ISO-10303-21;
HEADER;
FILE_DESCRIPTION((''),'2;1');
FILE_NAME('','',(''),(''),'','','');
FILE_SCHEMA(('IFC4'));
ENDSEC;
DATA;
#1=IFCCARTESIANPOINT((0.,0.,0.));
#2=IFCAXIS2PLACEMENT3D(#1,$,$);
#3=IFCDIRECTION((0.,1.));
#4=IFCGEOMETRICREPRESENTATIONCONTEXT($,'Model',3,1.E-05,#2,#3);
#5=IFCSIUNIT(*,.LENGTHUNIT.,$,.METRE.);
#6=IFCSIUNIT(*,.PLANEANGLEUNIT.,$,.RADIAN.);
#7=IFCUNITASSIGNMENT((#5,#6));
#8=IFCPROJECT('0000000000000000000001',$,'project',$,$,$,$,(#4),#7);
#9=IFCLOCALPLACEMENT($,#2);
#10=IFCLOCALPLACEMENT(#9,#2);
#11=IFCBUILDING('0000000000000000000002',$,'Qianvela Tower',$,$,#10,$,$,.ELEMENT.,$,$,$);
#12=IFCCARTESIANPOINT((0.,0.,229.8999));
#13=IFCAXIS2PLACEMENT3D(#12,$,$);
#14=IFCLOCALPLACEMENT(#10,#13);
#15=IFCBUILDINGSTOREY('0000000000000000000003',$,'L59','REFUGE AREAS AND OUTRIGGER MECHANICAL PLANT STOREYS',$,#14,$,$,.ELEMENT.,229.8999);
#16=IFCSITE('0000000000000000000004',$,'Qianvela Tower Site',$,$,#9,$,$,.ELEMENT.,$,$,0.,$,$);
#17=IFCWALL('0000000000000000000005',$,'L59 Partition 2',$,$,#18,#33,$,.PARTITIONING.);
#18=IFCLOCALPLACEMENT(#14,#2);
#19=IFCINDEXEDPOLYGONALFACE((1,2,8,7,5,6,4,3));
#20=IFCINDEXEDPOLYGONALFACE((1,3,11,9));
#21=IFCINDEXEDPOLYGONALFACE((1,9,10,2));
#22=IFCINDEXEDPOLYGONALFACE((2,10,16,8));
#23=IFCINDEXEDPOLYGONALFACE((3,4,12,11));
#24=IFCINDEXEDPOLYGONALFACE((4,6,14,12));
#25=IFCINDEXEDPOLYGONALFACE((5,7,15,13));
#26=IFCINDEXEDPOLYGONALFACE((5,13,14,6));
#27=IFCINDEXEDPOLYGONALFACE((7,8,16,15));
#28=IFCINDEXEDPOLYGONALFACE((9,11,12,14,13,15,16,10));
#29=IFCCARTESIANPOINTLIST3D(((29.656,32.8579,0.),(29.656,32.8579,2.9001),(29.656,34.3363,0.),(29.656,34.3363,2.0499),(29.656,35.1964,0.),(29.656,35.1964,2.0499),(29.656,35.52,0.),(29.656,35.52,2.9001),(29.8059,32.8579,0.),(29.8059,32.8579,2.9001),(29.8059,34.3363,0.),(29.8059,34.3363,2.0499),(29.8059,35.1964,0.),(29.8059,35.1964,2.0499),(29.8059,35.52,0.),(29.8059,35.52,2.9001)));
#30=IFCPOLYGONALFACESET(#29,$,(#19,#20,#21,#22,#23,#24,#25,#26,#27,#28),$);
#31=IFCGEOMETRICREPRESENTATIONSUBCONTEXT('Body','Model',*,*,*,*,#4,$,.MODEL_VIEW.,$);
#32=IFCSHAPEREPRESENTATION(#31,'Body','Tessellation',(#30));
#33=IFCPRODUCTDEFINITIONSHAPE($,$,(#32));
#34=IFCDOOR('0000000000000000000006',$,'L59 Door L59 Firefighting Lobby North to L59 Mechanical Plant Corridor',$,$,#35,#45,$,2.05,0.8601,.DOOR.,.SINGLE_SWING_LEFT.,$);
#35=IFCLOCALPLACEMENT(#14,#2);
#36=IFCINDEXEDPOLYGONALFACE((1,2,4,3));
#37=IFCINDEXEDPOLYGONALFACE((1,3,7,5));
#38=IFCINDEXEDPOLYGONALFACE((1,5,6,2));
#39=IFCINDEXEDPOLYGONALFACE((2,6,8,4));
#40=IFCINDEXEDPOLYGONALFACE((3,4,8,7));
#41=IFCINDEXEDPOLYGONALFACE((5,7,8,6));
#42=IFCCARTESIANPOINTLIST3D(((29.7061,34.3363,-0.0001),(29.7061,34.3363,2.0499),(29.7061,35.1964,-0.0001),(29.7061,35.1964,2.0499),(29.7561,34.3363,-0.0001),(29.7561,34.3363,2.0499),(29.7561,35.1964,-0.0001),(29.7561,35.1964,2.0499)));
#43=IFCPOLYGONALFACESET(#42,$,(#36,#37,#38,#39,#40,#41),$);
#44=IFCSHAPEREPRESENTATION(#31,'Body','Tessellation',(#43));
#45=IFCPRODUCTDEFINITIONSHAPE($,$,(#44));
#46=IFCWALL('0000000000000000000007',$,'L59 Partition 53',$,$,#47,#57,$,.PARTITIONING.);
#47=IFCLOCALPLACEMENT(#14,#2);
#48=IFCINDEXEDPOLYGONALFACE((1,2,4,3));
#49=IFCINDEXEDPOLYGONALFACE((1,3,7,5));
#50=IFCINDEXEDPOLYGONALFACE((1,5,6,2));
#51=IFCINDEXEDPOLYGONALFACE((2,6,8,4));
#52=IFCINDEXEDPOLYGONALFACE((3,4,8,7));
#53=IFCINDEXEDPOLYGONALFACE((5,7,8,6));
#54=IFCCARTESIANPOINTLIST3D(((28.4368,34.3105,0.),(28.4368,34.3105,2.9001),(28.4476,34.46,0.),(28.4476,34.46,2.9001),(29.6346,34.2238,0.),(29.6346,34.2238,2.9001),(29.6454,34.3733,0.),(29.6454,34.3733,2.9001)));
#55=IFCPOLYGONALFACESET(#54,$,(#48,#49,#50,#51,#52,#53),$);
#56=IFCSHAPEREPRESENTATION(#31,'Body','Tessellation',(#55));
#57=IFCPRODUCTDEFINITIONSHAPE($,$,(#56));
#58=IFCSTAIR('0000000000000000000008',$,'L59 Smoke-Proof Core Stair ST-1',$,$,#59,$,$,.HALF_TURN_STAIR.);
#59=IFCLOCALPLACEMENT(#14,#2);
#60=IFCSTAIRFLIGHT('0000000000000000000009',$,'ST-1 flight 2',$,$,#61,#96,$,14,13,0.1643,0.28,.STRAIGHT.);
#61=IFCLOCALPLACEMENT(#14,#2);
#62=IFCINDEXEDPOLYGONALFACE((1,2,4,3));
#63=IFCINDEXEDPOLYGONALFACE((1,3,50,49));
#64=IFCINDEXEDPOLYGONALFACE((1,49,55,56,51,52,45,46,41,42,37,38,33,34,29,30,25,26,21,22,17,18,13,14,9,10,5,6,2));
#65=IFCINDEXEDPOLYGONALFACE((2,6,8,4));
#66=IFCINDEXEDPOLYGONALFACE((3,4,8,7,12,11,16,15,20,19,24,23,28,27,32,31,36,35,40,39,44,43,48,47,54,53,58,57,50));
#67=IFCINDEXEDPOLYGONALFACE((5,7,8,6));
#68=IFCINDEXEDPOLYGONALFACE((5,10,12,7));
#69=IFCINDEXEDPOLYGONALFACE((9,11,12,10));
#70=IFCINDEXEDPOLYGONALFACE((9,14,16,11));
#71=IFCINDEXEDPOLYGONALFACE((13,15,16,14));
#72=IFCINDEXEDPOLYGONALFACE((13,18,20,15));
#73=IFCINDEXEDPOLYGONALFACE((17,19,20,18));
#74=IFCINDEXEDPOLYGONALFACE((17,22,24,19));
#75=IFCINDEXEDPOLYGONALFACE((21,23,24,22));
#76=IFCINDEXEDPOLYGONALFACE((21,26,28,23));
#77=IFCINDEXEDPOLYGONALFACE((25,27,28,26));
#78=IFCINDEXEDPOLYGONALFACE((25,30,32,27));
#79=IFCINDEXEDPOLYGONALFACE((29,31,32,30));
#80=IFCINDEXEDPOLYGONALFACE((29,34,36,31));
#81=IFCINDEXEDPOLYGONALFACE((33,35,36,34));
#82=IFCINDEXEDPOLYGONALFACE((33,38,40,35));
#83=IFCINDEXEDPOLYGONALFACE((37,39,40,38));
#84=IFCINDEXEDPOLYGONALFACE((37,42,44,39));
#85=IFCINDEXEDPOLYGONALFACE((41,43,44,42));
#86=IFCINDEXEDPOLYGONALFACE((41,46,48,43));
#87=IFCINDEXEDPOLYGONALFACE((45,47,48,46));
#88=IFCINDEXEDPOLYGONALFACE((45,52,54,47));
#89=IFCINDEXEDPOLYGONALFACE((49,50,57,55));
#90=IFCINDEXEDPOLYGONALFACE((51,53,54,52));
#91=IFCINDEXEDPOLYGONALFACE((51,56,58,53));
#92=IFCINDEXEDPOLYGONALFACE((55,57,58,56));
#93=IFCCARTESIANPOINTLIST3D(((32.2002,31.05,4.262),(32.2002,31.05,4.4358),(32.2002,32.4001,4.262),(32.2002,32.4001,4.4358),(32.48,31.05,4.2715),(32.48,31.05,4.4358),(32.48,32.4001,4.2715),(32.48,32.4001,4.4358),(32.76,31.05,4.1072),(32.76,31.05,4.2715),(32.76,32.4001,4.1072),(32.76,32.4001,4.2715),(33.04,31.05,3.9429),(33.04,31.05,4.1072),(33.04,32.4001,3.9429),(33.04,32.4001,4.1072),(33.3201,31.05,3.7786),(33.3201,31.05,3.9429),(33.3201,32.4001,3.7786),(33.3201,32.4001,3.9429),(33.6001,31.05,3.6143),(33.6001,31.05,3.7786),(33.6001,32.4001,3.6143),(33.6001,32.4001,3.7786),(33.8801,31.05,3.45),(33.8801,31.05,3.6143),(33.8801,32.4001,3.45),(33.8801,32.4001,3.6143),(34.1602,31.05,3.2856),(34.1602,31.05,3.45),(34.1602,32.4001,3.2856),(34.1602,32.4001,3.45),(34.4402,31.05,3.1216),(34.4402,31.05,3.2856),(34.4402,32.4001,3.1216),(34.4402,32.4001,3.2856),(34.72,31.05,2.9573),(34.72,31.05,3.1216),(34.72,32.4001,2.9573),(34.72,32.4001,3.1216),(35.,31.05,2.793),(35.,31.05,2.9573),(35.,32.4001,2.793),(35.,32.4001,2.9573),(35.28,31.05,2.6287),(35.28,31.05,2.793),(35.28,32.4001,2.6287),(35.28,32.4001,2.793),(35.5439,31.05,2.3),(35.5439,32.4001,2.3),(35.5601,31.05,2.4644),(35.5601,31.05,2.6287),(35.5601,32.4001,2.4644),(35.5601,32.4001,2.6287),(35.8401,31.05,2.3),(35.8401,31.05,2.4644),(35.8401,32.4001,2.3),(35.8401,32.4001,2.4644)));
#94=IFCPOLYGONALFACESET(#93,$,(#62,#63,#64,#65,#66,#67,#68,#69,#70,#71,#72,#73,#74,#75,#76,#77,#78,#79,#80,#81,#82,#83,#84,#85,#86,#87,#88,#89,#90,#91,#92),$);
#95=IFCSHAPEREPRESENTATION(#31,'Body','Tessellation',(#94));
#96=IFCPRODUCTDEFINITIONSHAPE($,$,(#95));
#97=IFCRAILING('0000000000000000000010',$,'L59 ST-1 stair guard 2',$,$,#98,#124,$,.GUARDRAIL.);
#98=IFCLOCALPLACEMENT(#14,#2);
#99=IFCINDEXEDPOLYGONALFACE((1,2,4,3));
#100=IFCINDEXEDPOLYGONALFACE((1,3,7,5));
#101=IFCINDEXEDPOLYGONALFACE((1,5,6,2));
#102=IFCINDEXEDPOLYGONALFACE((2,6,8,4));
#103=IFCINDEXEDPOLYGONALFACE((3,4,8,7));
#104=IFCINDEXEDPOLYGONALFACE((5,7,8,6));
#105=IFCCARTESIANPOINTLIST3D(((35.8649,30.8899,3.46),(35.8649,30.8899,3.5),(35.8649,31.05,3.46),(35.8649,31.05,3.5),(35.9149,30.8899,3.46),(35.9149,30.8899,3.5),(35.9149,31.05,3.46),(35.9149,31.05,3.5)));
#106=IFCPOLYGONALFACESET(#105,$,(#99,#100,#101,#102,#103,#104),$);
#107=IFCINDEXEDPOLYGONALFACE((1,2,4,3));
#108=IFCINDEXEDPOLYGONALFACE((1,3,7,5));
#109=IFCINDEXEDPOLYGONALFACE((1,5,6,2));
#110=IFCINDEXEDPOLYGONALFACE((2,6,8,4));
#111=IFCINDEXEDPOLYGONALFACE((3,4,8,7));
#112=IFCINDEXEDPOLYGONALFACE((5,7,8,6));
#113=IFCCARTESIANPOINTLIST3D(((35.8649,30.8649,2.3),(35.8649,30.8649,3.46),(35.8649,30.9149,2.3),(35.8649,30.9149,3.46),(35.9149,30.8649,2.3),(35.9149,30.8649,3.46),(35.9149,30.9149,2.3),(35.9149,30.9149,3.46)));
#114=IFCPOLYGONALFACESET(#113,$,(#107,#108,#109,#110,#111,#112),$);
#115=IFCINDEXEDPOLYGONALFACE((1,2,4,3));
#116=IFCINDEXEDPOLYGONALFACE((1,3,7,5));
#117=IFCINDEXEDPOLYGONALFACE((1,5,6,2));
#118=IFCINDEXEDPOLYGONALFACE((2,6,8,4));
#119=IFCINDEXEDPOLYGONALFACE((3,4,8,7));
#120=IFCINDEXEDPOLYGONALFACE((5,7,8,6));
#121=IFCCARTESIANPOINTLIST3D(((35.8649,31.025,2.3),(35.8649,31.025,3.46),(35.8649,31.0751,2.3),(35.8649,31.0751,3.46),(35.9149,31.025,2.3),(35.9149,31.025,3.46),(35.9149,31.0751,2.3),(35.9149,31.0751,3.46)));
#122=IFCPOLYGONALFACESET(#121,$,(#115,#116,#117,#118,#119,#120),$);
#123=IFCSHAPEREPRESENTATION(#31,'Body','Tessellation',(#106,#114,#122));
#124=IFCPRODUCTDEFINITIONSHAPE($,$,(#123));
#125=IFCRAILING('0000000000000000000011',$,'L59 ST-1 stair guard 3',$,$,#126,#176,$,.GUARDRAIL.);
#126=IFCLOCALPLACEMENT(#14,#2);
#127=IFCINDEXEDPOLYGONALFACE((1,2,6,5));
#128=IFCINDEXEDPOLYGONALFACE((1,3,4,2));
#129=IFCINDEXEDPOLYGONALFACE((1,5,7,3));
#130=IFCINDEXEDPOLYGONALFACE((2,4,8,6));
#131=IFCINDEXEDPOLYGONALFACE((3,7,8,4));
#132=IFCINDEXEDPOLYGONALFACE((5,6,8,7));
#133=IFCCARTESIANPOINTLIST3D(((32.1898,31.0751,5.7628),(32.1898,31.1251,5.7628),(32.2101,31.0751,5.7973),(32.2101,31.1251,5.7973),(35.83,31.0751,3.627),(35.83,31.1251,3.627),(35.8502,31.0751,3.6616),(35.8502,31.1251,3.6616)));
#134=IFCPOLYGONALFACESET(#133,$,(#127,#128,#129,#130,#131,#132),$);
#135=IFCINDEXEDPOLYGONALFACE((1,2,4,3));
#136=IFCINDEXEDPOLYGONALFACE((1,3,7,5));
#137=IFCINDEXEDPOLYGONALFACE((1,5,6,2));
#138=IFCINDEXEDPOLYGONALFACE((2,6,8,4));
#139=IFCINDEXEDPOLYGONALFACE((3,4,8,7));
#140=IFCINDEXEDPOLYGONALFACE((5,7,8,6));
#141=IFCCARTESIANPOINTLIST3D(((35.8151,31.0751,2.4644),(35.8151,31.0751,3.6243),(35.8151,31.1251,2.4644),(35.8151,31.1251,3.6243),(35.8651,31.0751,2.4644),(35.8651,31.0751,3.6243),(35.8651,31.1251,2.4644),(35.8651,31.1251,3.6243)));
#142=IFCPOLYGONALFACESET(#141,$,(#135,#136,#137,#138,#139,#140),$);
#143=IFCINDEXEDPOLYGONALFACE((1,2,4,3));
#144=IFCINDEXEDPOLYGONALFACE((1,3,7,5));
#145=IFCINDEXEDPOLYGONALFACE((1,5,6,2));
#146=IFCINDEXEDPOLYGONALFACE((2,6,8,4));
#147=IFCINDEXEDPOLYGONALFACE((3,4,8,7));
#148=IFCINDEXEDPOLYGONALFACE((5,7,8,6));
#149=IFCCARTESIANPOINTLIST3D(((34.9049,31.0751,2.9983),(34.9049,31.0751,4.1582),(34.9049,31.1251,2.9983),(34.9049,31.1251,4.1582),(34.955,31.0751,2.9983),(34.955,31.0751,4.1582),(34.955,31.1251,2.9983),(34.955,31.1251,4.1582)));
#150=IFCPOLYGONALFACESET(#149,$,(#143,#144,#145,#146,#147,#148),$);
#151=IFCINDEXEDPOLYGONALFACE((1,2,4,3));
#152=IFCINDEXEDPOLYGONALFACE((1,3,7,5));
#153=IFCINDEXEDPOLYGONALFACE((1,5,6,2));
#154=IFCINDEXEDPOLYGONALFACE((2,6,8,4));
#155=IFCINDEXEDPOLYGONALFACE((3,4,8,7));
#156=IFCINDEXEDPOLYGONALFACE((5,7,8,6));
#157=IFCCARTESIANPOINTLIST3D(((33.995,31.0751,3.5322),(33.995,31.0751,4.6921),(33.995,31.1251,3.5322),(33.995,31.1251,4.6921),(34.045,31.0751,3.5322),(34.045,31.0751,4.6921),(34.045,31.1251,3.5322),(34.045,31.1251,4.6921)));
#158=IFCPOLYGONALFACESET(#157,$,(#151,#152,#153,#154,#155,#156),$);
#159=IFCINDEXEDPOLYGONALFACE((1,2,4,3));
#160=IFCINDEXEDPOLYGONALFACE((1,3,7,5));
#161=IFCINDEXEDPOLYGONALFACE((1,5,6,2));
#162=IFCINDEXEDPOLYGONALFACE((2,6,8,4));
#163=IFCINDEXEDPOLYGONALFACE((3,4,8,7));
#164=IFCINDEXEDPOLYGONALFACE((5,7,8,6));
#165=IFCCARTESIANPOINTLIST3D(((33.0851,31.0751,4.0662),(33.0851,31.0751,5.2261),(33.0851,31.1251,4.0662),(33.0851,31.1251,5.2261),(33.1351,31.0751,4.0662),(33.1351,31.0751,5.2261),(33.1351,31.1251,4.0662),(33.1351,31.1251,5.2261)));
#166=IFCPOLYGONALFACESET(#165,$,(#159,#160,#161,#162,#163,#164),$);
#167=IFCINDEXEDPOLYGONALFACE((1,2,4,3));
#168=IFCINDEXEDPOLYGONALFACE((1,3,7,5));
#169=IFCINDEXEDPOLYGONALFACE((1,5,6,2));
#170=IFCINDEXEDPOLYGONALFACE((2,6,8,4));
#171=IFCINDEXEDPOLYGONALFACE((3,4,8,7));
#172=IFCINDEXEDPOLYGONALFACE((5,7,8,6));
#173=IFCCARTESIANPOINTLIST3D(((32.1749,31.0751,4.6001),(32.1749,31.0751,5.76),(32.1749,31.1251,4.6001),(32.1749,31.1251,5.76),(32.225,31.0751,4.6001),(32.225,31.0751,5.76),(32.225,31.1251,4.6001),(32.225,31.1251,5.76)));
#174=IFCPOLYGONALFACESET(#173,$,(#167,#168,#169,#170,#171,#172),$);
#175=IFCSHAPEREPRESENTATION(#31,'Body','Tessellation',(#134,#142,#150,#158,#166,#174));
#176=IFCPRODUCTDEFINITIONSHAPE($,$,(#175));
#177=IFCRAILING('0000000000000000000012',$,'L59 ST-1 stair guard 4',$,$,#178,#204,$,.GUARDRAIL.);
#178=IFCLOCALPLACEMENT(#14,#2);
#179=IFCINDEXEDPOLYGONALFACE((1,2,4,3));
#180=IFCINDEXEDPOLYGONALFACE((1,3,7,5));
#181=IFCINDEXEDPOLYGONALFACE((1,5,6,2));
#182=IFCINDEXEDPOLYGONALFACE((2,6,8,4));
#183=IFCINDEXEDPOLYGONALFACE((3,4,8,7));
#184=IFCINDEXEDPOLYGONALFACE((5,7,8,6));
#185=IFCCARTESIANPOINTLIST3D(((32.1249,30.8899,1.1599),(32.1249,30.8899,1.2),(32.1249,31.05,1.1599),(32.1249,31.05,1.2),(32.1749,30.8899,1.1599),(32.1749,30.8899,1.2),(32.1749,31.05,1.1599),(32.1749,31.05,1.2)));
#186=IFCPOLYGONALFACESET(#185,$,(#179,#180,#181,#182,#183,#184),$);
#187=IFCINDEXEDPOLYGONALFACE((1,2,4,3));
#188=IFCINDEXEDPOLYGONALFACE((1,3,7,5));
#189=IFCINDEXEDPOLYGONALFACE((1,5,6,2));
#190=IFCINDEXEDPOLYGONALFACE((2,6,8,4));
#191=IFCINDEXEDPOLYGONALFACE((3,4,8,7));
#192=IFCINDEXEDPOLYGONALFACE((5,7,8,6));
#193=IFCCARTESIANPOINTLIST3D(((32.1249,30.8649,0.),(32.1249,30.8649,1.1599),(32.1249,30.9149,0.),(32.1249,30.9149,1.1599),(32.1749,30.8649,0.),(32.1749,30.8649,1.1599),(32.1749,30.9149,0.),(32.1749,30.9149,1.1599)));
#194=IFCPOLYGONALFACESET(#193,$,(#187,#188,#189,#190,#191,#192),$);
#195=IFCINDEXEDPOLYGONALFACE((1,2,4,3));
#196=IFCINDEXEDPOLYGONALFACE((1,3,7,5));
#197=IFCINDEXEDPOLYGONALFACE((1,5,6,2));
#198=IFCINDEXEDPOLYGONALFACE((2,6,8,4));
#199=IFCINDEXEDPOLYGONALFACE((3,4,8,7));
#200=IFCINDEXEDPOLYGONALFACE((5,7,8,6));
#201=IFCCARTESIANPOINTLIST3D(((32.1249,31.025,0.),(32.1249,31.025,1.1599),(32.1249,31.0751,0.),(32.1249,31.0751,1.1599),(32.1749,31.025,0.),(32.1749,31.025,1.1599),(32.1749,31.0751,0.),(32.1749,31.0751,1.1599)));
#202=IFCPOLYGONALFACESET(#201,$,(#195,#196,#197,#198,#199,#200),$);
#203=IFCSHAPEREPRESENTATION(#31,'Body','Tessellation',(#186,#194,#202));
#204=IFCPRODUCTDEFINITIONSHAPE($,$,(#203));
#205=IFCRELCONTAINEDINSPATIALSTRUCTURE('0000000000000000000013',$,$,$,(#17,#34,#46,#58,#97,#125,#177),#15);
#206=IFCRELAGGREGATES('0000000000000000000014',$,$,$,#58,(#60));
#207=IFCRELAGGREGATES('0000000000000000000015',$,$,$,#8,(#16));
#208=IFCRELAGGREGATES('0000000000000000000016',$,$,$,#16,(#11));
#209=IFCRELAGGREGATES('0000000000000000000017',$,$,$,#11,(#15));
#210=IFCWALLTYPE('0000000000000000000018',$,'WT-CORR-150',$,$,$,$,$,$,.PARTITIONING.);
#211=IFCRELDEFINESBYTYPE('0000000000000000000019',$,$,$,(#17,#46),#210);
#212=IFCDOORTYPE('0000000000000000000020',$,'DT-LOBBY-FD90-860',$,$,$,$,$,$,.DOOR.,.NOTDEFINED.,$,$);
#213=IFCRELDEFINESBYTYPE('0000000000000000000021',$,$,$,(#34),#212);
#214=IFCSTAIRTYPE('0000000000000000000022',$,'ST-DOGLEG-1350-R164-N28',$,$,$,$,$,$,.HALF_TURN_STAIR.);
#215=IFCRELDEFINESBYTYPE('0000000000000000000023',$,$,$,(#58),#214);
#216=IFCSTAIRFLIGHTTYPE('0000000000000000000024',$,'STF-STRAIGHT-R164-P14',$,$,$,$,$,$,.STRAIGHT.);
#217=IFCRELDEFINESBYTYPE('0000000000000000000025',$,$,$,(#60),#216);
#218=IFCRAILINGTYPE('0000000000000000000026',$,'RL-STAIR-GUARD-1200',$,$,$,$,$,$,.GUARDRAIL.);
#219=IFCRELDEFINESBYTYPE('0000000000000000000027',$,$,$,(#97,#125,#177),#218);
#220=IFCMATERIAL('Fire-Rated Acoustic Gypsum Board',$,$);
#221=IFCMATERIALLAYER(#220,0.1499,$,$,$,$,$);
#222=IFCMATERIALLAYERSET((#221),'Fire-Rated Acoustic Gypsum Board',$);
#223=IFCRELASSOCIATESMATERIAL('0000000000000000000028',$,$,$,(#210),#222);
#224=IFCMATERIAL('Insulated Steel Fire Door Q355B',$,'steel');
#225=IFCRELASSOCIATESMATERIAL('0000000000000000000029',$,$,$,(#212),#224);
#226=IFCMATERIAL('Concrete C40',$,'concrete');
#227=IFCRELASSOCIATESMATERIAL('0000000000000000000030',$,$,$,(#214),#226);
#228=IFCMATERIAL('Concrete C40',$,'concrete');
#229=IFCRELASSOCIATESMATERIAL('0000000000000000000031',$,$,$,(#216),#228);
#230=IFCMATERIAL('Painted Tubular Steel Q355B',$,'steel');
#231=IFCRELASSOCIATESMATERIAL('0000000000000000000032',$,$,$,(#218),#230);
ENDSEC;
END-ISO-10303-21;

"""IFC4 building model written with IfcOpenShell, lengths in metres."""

from ifc_helpers import new_model, si_unit, direction, frame, frame_2d, origin, origin_2d, place, context, subcontext, project, spatial, polyline, rectangle, outline, extrude, material, layer, layer_set, type_object, element, fill, aggregate, save


model = new_model("IFC4")

# Units and contexts
model_context = context("Model", 3, precision=1e-05, world=origin(), true_north=direction((0.0, 1.0)))
body_context = subcontext(model_context, "Body", "Model", "MODEL_VIEW")
ifc_project = project(units=[si_unit("LENGTHUNIT", "METRE"), si_unit("PLANEANGLEUNIT", "RADIAN")], contexts=[model_context])

# Site, building, storey
site_placement = place(None, origin())
site = spatial("IfcSite", under=ifc_project, at=site_placement, Name="Qianvela Tower Site", CompositionType="ELEMENT", RefElevation=0.0)
building_placement = place(site_placement, origin())
building = spatial("IfcBuilding", under=site, at=building_placement, Name="Qianvela Tower", CompositionType="ELEMENT")
storey_placement = place(building_placement, frame((0.0, 0.0, 229.8999)))
storey = spatial("IfcBuildingStorey", under=building, at=storey_placement, Name="L59", Description="REFUGE AREAS AND OUTRIGGER MECHANICAL PLANT STOREYS", CompositionType="ELEMENT", Elevation=229.8999)

# Wall, opening, door
ifc_material_1 = material(Name="Fire-Rated Acoustic Gypsum Board")
ifc_layer_1 = layer(ifc_material_1, 0.1499)
ifc_layer_set_1 = layer_set([ifc_layer_1], Name="Fire-Rated Acoustic Gypsum Board")
wall_type_1 = type_object("IfcWallType", Name="WT-CORR-150", PredefinedType="PARTITIONING", material=ifc_layer_set_1)
wall_1_placement = place(storey_placement, frame((29.731, 32.8579, 0.0), z_axis=(0.0, 0.0, 1.0), x_axis=(0.0, 1.0, 0.0)))
wall_1 = element("IfcWall", 1, at=wall_1_placement, inside=storey, type_object=wall_type_1, Name="L59 Partition 2", PredefinedType="PARTITIONING", context=body_context, shape_type="SweptSolid", body=[
    extrude(rectangle(XDim=2.6621, YDim=0.1499, at=frame_2d((1.3311, 0.0))), origin(), (0.0, 0.0, 1.0), 2.9001),
])
opening_1_placement = place(wall_1_placement, frame((1.4783, 0.0, 0.0)))
opening_1 = element("IfcOpeningElement", 2, at=opening_1_placement, cuts=wall_1, PredefinedType="OPENING", context=body_context, shape_type="SweptSolid", body=[
    extrude(rectangle(XDim=0.8601, YDim=2.05, at=frame_2d((0.4302, 1.0249))), frame((0.0, 0.085, 0.0), z_axis=(0.0, -1.0, 0.0), x_axis=(1.0, 0.0, 0.0)), (0.0, 0.0, 1.0), 0.1699),
])
ifc_material_2 = material(Name="Insulated Steel Fire Door Q355B", Category="steel")
door_type_1 = type_object("IfcDoorType", Name="DT-LOBBY-FD90-860", OperationType="NOTDEFINED", PredefinedType="DOOR", material=ifc_material_2)
door_1_placement = place(opening_1_placement, origin())
door_1 = element("IfcDoor", 3, at=door_1_placement, inside=storey, type_object=door_type_1, Name="L59 Door L59 Firefighting Lobby North to L59 Mechanical Plant Corridor", OperationType="SINGLE_SWING_LEFT", OverallHeight=2.05, OverallWidth=0.8601, PredefinedType="DOOR", context=body_context, shape_type="SweptSolid", body=[
    extrude(rectangle(XDim=0.8601, YDim=2.05, at=frame_2d((0.4302, 1.0249))), frame((0.0, 0.0249, 0.0), z_axis=(0.0, -1.0, 0.0), x_axis=(1.0, 0.0, 0.0)), (0.0, 0.0, 1.0), 0.05),
])
fill(opening_1, door_1)

# Wall
wall_2_placement = place(storey_placement, frame((29.6401, 34.2986, 0.0), z_axis=(0.0, 0.0, 1.0), x_axis=(-0.997392, 0.072172, 0.0)))
element("IfcWall", 4, at=wall_2_placement, inside=storey, type_object=wall_type_1, Name="L59 Partition 53", PredefinedType="PARTITIONING", context=body_context, shape_type="SweptSolid", body=[
    extrude(rectangle(XDim=1.2009, YDim=0.1499, at=frame_2d((0.6006, 0.0))), origin(), (0.0, 0.0, 1.0), 2.9001),
])

# Stair, stair flight
ifc_material_3 = material(Name="Concrete C40", Category="concrete")
stair_type = type_object("IfcStairType", Name="ST-DOGLEG-1350-R164-N28", PredefinedType="HALF_TURN_STAIR", material=ifc_material_3)
stair_placement = place(storey_placement, origin())
stair = element("IfcStair", 5, at=stair_placement, inside=storey, type_object=stair_type, Name="L59 Smoke-Proof Core Stair ST-1", PredefinedType="HALF_TURN_STAIR")
ifc_material_4 = material(Name="Concrete C40", Category="concrete")
stair_flight_type = type_object("IfcStairFlightType", Name="STF-STRAIGHT-R164-P14", PredefinedType="STRAIGHT", material=ifc_material_4)
stair_flight_placement = place(storey_placement, frame((35.8401, 31.7251, 2.3), z_axis=(0.0, 0.0, 1.0), x_axis=(-1.0, 0.0, 0.0)))
stair_flight = element("IfcStairFlight", 6, at=stair_flight_placement, type_object=stair_flight_type, Name="ST-1 flight 2", NumberOfRisers=14, NumberOfTreads=13, PredefinedType="STRAIGHT", RiserHeight=0.1643, TreadLength=0.28, context=body_context, shape_type="SweptSolid", body=[
    extrude(outline(polyline([(0.0, 0.0), (0.0, 0.1643), (0.28, 0.1643), (0.28, 0.3286), (0.5601, 0.3286), (0.5601, 0.4929), (0.8401, 0.4929), (0.8401, 0.6572), (1.1201, 0.6572), (1.1201, 0.8215), (1.3999, 0.8215), (1.3999, 0.9856), (1.6799, 0.9856), (1.6799, 1.1499), (1.96, 1.1499), (1.96, 1.3142), (2.24, 1.3142), (2.24, 1.4785), (2.52, 1.4785), (2.52, 1.6428), (2.8, 1.6428), (2.8, 1.8071), (3.0801, 1.8071), (3.0801, 1.9714), (3.3601, 1.9714), (3.3601, 2.1357), (3.6399, 2.1357), (3.6399, 2.3), (3.6399, 1.9619), (0.2961, 0.0), (0.0, 0.0)])), frame((0.0, 0.675, 0.0), z_axis=(0.0, -1.0, 0.0), x_axis=(1.0, 0.0, 0.0)), (0.0, 0.0, 1.0), 1.3501),
])
aggregate(stair, [stair_flight])

# Railings
ifc_material_5 = material(Name="Painted Tubular Steel Q355B", Category="steel")
railing_type_1 = type_object("IfcRailingType", Name="RL-STAIR-GUARD-1200", PredefinedType="GUARDRAIL", material=ifc_material_5)
railing_1_placement = place(storey_placement, frame((35.8899, 30.8899, 2.3)))
element("IfcRailing", 7, at=railing_1_placement, inside=storey, type_object=railing_type_1, Name="L59 ST-1 stair guard 2", PredefinedType="GUARDRAIL", context=body_context, shape_type="SweptSolid", body=[
    extrude(rectangle(XDim=0.05, YDim=0.04, at=origin_2d()), frame((0.0, 0.0, 1.1799), z_axis=(0.0, 1.0, 0.0), x_axis=(-1.0, 0.0, 0.0)), (0.0, 0.0, 1.0), 0.1602),
    extrude(rectangle(XDim=0.05, YDim=0.05, at=origin_2d()), origin(), (0.0, 0.0, 1.0), 1.1599),
    extrude(rectangle(XDim=0.05, YDim=0.05, at=origin_2d()), frame((0.0, 0.1602, 0.0)), (0.0, 0.0, 1.0), 1.1599),
])
railing_2_placement = place(storey_placement, frame((35.8401, 31.1001, 2.4644)))
element("IfcRailing", 8, at=railing_2_placement, inside=storey, type_object=railing_type_1, Name="L59 ST-1 stair guard 3", PredefinedType="GUARDRAIL", context=body_context, shape_type="SweptSolid", body=[
    extrude(rectangle(XDim=0.05, YDim=0.04, at=origin_2d()), frame((0.0, 0.0, 1.1799), z_axis=(-0.862505, 0.0, 0.506049), x_axis=(0.0, -1.0, 0.0)), (0.0, 0.0, 1.0), 4.2205),
    extrude(rectangle(XDim=0.05, YDim=0.05, at=origin_2d()), origin(), (0.0, 0.0, 1.0), 1.1599),
    extrude(rectangle(XDim=0.05, YDim=0.05, at=origin_2d()), frame((-0.9102, 0.0, 0.5339)), (0.0, 0.0, 1.0), 1.1599),
    extrude(rectangle(XDim=0.05, YDim=0.05, at=origin_2d()), frame((-1.8201, 0.0, 1.0679)), (0.0, 0.0, 1.0), 1.1599),
    extrude(rectangle(XDim=0.05, YDim=0.05, at=origin_2d()), frame((-2.73, 0.0, 1.6018)), (0.0, 0.0, 1.0), 1.1599),
    extrude(rectangle(XDim=0.05, YDim=0.05, at=origin_2d()), frame((-3.6401, 0.0, 2.1357)), (0.0, 0.0, 1.0), 1.1599),
])
railing_3_placement = place(storey_placement, frame((32.1499, 30.8899, 0.0)))
element("IfcRailing", 9, at=railing_3_placement, inside=storey, type_object=railing_type_1, Name="L59 ST-1 stair guard 4", PredefinedType="GUARDRAIL", context=body_context, shape_type="SweptSolid", body=[
    extrude(rectangle(XDim=0.05, YDim=0.04, at=origin_2d()), frame((0.0, 0.0, 1.1799), z_axis=(0.0, 1.0, 0.0), x_axis=(-1.0, 0.0, 0.0)), (0.0, 0.0, 1.0), 0.1602),
    extrude(rectangle(XDim=0.05, YDim=0.05, at=origin_2d()), origin(), (0.0, 0.0, 1.0), 1.1599),
    extrude(rectangle(XDim=0.05, YDim=0.05, at=origin_2d()), frame((0.0, 0.1602, 0.0)), (0.0, 0.0, 1.0), 1.1599),
])

save(model, "model.ifc")
